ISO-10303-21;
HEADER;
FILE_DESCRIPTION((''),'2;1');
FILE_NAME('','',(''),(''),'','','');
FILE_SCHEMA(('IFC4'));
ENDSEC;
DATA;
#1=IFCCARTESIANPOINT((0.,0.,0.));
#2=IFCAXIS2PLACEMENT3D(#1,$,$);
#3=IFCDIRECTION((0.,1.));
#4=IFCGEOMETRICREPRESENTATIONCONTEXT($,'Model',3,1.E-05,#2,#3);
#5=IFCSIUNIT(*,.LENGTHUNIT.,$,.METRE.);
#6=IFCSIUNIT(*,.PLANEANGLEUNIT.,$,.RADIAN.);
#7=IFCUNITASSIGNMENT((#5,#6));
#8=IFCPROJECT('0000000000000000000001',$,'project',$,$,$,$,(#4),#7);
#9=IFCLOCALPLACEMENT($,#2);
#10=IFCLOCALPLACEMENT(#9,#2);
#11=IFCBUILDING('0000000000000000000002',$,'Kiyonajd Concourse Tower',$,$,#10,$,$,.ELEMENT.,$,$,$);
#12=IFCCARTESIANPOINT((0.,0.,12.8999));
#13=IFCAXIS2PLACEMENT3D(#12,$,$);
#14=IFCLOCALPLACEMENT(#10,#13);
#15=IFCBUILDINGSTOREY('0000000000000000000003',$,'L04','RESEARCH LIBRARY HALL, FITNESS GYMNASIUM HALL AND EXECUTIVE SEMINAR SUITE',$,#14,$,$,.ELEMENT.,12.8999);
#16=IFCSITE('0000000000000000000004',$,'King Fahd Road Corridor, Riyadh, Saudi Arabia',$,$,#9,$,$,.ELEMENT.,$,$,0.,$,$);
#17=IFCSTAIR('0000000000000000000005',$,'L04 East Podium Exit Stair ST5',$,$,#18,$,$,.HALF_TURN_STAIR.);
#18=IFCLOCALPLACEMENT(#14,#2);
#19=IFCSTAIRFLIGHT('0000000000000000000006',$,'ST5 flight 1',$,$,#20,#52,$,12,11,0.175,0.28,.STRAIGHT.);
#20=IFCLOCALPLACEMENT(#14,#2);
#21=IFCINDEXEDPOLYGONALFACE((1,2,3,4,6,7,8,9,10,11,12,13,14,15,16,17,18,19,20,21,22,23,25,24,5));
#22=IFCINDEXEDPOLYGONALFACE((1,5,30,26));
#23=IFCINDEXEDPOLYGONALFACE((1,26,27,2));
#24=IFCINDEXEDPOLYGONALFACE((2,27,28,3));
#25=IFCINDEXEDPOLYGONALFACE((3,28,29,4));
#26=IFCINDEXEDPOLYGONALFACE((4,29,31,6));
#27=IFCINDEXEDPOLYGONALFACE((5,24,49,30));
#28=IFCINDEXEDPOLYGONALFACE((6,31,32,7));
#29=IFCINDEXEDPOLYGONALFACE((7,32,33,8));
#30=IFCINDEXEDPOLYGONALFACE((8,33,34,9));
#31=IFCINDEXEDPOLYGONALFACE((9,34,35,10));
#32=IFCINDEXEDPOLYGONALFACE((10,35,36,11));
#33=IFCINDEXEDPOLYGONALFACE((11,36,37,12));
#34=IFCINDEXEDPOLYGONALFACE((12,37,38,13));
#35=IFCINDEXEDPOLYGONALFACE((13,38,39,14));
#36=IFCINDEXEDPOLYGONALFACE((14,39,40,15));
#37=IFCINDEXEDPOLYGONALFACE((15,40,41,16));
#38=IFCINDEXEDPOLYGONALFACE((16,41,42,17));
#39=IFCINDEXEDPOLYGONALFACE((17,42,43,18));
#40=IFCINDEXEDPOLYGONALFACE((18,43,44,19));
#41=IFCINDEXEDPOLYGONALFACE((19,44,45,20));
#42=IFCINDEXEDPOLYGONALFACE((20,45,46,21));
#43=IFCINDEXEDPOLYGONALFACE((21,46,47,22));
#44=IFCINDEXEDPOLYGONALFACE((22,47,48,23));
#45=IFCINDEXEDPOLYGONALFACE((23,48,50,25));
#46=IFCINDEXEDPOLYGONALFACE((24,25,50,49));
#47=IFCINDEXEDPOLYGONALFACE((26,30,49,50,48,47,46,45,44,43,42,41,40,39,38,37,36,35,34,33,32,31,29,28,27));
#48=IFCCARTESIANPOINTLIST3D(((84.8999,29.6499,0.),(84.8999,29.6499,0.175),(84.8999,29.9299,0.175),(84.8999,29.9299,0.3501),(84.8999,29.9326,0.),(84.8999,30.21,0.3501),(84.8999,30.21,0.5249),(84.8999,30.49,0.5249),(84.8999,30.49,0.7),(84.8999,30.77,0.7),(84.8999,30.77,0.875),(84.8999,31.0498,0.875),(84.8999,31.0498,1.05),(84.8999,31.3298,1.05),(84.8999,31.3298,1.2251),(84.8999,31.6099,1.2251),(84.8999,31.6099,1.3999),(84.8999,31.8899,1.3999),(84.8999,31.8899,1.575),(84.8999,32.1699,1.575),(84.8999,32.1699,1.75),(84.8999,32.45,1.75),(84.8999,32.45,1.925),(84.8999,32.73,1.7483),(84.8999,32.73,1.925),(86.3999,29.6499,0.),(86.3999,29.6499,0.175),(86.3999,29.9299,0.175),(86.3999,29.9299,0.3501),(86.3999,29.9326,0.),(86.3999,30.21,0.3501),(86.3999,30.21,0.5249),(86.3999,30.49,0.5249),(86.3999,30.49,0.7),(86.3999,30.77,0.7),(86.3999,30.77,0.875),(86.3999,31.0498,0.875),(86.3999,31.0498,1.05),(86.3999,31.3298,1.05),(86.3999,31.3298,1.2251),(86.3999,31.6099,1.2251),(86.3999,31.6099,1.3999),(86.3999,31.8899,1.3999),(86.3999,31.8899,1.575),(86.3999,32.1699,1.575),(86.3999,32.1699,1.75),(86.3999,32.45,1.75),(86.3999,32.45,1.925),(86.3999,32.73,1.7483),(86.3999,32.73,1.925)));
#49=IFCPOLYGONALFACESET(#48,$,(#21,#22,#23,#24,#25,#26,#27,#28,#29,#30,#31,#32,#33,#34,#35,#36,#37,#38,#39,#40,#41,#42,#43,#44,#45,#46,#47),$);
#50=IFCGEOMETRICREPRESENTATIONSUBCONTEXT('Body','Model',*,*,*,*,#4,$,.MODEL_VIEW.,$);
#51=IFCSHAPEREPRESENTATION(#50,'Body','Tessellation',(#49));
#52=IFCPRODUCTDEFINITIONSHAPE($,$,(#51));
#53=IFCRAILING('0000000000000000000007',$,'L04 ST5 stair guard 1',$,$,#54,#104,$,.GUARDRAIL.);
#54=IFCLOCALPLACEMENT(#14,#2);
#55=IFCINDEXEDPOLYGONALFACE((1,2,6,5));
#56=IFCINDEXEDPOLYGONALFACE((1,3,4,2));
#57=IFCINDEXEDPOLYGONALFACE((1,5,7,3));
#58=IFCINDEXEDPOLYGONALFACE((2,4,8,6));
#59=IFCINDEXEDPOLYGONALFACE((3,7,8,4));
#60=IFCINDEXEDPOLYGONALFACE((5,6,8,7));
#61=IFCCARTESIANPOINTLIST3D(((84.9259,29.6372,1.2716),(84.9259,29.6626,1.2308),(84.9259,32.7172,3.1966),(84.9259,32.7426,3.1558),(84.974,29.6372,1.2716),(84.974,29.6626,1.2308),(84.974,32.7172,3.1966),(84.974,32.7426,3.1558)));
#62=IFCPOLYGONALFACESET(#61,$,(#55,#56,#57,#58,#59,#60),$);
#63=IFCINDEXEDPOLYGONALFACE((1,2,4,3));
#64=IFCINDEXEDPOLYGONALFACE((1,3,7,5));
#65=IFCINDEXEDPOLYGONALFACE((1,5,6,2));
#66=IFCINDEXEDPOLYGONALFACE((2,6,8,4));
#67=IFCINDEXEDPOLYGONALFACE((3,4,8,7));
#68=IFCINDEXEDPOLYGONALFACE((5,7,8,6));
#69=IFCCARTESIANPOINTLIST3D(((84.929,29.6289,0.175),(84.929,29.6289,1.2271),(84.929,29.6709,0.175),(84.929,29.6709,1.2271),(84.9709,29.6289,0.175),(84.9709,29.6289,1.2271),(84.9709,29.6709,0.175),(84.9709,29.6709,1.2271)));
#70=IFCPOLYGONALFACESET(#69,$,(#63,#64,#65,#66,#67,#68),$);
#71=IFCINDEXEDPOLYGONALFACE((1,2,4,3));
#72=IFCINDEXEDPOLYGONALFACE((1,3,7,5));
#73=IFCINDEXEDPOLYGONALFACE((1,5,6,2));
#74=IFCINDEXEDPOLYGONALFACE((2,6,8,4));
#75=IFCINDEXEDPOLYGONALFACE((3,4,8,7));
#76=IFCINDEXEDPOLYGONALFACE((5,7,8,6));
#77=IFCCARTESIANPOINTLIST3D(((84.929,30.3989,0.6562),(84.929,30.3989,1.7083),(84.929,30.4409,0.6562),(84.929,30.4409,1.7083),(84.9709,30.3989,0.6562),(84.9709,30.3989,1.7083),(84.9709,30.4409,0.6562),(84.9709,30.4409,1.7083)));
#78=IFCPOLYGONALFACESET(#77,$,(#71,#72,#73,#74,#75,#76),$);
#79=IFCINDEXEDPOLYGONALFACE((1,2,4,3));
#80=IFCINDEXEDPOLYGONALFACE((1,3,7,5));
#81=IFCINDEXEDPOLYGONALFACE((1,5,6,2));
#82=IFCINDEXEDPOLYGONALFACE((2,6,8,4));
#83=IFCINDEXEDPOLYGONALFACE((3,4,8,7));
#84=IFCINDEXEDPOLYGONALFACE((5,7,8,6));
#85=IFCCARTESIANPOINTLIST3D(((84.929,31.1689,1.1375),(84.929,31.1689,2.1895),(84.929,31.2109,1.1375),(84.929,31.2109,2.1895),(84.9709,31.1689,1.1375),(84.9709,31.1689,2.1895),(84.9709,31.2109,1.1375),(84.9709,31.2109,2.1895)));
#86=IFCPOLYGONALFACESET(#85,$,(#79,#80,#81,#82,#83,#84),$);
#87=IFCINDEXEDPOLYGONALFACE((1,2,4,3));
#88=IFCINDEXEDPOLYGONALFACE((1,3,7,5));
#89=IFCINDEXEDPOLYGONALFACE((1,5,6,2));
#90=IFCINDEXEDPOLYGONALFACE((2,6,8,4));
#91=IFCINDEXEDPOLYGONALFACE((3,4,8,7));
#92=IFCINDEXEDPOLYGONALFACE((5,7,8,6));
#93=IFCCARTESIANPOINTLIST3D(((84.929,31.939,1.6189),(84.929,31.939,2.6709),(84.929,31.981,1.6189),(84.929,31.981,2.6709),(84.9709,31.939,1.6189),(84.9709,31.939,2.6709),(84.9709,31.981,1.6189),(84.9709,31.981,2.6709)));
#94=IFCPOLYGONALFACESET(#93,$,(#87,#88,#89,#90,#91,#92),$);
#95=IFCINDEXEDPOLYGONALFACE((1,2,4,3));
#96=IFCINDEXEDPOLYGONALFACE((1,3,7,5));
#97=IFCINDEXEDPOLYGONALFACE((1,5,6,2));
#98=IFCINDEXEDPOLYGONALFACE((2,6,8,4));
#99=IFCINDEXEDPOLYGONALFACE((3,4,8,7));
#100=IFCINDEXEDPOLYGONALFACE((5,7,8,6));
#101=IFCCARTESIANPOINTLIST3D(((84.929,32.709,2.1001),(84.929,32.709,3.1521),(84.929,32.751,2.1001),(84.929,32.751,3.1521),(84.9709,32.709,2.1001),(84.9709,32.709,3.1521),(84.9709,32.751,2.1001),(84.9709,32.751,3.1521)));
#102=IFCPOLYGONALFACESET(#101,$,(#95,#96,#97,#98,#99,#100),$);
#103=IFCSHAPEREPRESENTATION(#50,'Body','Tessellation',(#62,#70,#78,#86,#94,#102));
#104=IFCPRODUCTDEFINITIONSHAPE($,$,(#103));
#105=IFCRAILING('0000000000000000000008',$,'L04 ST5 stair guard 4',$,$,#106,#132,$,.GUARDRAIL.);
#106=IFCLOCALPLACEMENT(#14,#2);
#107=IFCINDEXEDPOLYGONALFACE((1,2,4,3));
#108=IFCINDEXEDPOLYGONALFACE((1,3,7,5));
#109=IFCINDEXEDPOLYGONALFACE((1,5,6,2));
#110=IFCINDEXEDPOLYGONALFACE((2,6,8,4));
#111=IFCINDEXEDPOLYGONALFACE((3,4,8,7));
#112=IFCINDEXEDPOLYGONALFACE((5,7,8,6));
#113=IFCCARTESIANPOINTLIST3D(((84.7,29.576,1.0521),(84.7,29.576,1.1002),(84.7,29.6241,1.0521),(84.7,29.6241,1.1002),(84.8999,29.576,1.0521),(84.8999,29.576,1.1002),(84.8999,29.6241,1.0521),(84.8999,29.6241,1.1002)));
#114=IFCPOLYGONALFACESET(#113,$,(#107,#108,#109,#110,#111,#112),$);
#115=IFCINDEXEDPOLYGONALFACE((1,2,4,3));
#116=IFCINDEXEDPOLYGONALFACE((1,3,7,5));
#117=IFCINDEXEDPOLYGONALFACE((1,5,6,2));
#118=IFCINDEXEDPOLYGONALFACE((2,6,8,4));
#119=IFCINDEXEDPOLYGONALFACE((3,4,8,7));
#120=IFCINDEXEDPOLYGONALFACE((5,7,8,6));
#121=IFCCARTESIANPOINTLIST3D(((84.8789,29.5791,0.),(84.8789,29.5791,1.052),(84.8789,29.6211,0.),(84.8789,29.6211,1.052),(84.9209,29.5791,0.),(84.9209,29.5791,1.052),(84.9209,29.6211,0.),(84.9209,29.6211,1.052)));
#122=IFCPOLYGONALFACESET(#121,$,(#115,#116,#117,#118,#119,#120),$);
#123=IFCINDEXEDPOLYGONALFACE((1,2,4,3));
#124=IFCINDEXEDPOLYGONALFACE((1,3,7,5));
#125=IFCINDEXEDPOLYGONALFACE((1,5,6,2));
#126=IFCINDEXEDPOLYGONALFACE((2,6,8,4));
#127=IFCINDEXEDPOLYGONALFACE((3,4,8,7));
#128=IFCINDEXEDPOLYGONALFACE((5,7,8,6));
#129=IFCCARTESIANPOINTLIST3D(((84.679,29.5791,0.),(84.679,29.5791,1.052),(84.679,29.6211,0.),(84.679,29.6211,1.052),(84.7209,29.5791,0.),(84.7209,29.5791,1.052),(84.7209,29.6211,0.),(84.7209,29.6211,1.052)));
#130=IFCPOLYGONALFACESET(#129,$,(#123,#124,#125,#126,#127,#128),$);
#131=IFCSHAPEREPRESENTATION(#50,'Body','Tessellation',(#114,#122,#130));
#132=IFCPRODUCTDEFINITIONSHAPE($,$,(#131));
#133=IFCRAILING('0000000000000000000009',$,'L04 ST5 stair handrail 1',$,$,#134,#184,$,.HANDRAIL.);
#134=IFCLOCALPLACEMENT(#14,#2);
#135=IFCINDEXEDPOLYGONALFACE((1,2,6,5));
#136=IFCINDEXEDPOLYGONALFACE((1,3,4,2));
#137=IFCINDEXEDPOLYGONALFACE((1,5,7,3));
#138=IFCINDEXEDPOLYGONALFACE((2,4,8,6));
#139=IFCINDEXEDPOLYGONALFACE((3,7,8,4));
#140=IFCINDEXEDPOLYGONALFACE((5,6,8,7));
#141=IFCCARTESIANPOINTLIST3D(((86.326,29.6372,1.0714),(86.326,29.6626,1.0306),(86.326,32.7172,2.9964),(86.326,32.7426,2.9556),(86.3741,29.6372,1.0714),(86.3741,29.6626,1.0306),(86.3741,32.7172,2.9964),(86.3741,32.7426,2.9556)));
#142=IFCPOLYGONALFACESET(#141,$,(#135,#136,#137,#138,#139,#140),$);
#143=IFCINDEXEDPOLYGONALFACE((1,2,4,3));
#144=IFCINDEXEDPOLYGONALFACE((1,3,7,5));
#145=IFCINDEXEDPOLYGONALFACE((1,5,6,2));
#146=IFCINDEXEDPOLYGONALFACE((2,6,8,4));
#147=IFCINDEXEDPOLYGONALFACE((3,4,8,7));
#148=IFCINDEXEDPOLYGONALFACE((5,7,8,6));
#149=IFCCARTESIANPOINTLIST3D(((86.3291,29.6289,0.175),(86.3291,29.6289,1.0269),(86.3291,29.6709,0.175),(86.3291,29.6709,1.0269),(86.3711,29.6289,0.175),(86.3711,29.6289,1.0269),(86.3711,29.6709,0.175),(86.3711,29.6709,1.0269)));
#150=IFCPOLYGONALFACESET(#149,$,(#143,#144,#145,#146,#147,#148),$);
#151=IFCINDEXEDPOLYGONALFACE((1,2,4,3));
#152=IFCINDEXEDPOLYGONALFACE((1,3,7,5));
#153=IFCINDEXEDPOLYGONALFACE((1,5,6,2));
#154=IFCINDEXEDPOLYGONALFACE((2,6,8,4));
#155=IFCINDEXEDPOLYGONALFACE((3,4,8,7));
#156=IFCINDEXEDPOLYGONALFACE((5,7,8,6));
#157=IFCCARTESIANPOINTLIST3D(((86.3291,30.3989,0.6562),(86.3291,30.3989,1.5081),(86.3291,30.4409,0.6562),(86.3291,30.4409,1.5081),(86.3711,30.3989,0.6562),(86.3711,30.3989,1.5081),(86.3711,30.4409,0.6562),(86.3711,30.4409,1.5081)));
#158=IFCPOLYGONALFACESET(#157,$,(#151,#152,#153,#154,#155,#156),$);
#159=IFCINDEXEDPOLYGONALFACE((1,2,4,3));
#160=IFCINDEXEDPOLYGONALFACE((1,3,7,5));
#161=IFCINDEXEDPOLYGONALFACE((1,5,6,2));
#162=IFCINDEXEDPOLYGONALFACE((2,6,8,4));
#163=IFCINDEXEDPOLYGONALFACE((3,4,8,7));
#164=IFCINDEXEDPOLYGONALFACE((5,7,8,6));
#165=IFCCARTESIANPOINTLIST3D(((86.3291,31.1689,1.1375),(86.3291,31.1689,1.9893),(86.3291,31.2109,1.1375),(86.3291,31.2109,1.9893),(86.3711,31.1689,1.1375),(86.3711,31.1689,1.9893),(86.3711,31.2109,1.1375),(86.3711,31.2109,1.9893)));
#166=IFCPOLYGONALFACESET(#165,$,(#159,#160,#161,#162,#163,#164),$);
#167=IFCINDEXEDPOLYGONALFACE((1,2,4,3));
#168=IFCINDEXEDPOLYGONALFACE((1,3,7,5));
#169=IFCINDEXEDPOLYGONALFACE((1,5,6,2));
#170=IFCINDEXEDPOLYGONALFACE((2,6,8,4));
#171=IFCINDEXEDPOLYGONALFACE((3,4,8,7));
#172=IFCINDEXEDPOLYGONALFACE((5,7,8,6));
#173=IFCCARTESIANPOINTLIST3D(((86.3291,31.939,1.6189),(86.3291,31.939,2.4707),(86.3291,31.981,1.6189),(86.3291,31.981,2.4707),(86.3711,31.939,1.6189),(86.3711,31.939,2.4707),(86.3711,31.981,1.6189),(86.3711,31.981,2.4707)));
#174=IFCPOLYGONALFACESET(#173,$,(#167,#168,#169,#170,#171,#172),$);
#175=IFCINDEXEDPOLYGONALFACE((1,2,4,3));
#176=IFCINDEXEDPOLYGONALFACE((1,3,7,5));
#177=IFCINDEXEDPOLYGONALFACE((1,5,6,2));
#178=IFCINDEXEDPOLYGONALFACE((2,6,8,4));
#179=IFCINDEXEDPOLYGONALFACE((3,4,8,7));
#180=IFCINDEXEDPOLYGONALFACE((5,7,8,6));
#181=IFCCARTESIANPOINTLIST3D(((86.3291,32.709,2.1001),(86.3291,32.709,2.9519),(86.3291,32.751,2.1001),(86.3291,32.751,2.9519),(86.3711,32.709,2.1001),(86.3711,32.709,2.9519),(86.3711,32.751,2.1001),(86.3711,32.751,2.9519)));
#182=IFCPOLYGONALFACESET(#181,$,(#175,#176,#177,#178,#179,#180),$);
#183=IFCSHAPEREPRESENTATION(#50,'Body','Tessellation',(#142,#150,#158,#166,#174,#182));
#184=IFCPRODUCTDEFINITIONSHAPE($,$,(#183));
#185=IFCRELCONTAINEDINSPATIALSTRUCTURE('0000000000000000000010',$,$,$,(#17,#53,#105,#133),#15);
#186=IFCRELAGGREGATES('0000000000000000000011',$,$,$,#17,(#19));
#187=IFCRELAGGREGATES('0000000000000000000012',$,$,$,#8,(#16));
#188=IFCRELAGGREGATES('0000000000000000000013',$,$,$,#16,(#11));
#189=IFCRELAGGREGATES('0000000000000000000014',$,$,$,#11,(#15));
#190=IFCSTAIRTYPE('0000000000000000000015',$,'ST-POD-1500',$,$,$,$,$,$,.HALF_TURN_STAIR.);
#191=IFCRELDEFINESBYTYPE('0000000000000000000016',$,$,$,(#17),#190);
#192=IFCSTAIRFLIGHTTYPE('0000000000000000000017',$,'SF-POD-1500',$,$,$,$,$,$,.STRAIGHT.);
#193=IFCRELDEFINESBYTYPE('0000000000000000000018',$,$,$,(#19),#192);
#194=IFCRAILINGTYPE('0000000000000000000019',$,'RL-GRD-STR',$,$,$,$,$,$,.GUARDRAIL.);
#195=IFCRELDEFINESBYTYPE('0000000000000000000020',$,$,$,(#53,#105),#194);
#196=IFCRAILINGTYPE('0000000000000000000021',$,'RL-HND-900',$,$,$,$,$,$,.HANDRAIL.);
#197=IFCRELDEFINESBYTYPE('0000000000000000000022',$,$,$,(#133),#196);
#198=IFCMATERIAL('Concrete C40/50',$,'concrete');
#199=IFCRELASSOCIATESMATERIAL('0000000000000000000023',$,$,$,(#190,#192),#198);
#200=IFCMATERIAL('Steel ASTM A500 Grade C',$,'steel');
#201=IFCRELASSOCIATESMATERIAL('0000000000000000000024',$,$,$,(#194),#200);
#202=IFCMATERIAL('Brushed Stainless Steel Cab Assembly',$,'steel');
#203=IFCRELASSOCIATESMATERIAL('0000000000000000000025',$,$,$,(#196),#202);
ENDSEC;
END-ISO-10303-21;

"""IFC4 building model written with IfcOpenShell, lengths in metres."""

from ifc_helpers import new_model, si_unit, direction, frame, origin, origin_2d, place, context, subcontext, project, spatial, polyline, rectangle, outline, extrude, material, type_object, element, aggregate, save


model = new_model("IFC4")

# Units and contexts
model_context = context("Model", 3, precision=1e-05, world=origin(), true_north=direction((0.0, 1.0)))
body_context = subcontext(model_context, "Body", "Model", "MODEL_VIEW")
ifc_project = project(units=[si_unit("LENGTHUNIT", "METRE"), si_unit("PLANEANGLEUNIT", "RADIAN")], contexts=[model_context])

# Site, building, storey
site_placement = place(None, origin())
site = spatial("IfcSite", under=ifc_project, at=site_placement, Name="King Fahd Road Corridor, Riyadh, Saudi Arabia", CompositionType="ELEMENT", RefElevation=0.0)
building_placement = place(site_placement, origin())
building = spatial("IfcBuilding", under=site, at=building_placement, Name="Kiyonajd Concourse Tower", CompositionType="ELEMENT")
storey_placement = place(building_placement, frame((0.0, 0.0, 12.8999)))
storey = spatial("IfcBuildingStorey", under=building, at=storey_placement, Name="L04", Description="RESEARCH LIBRARY HALL, FITNESS GYMNASIUM HALL AND EXECUTIVE SEMINAR SUITE", CompositionType="ELEMENT", Elevation=12.8999)

# Shared definitions
ifc_material_1 = material(Name="Brushed Stainless Steel Cab Assembly", Category="steel")

# Stair, stair flight
ifc_material_2 = material(Name="Concrete C40/50", Category="concrete")
stair_type = type_object("IfcStairType", Name="ST-POD-1500", PredefinedType="HALF_TURN_STAIR", material=ifc_material_2)
stair_placement = place(storey_placement, origin())
stair = element("IfcStair", 1, at=stair_placement, inside=storey, type_object=stair_type, Name="L04 East Podium Exit Stair ST5", PredefinedType="HALF_TURN_STAIR")
stair_flight_type = type_object("IfcStairFlightType", Name="SF-POD-1500", PredefinedType="STRAIGHT", material=ifc_material_2)
stair_flight_placement = place(storey_placement, frame((85.6499, 29.6499, 0.0), z_axis=(0.0, 0.0, 1.0), x_axis=(0.0, 1.0, 0.0)))
stair_flight = element("IfcStairFlight", 2, at=stair_flight_placement, type_object=stair_flight_type, Name="ST5 flight 1", NumberOfRisers=12, NumberOfTreads=11, PredefinedType="STRAIGHT", RiserHeight=0.175, TreadLength=0.28, context=body_context, shape_type="SweptSolid", body=[
    extrude(outline(polyline([(0.0, 0.0), (0.0, 0.175), (0.28, 0.175), (0.28, 0.3501), (0.5601, 0.3501), (0.5601, 0.5249), (0.8401, 0.5249), (0.8401, 0.7), (1.1201, 0.7), (1.1201, 0.875), (1.3999, 0.875), (1.3999, 1.05), (1.6799, 1.05), (1.6799, 1.2251), (1.96, 1.2251), (1.96, 1.3999), (2.24, 1.3999), (2.24, 1.575), (2.52, 1.575), (2.52, 1.75), (2.8, 1.75), (2.8, 1.925), (3.0801, 1.925), (3.0801, 2.1001), (3.0801, 1.7483), (0.2827, 0.0), (0.0, 0.0)])), frame((0.0, 0.75, 0.0), z_axis=(0.0, -1.0, 0.0), x_axis=(1.0, 0.0, 0.0)), (0.0, 0.0, 1.0), 1.5),
])
aggregate(stair, [stair_flight])

# Railings
ifc_material_3 = material(Name="Steel ASTM A500 Grade C", Category="steel")
railing_type_1 = type_object("IfcRailingType", Name="RL-GRD-STR", PredefinedType="GUARDRAIL", material=ifc_material_3)
railing_1_placement = place(storey_placement, frame((84.95, 29.6499, 0.175)))
element("IfcRailing", 3, at=railing_1_placement, inside=storey, type_object=railing_type_1, Name="L04 ST5 stair guard 1", PredefinedType="GUARDRAIL", context=body_context, shape_type="SweptSolid", body=[
    extrude(rectangle(XDim=0.0481, YDim=0.0481, at=origin_2d()), frame((0.0, 0.0, 1.0762), z_axis=(0.0, 0.847998, 0.529999), x_axis=(-1.0, 0.0, 0.0)), (0.0, 0.0, 1.0), 3.6321),
    extrude(rectangle(XDim=0.042, YDim=0.042, at=origin_2d()), origin(), (0.0, 0.0, 1.0), 1.052),
    extrude(rectangle(XDim=0.042, YDim=0.042, at=origin_2d()), frame((0.0, 0.77, 0.4812)), (0.0, 0.0, 1.0), 1.052),
    extrude(rectangle(XDim=0.042, YDim=0.042, at=origin_2d()), frame((0.0, 1.54, 0.9624)), (0.0, 0.0, 1.0), 1.052),
    extrude(rectangle(XDim=0.042, YDim=0.042, at=origin_2d()), frame((0.0, 2.3101, 1.4438)), (0.0, 0.0, 1.0), 1.052),
    extrude(rectangle(XDim=0.042, YDim=0.042, at=origin_2d()), frame((0.0, 3.0801, 1.925)), (0.0, 0.0, 1.0), 1.052),
])
railing_2_placement = place(storey_placement, frame((84.8999, 29.6001, 0.0)))
element("IfcRailing", 4, at=railing_2_placement, inside=storey, type_object=railing_type_1, Name="L04 ST5 stair guard 4", PredefinedType="GUARDRAIL", context=body_context, shape_type="SweptSolid", body=[
    extrude(rectangle(XDim=0.0481, YDim=0.0481, at=origin_2d()), frame((0.0, 0.0, 1.0762), z_axis=(-1.0, 0.0, 0.0), x_axis=(0.0, -1.0, 0.0)), (0.0, 0.0, 1.0), 0.2),
    extrude(rectangle(XDim=0.042, YDim=0.042, at=origin_2d()), origin(), (0.0, 0.0, 1.0), 1.052),
    extrude(rectangle(XDim=0.042, YDim=0.042, at=origin_2d()), frame((-0.2, 0.0, 0.0)), (0.0, 0.0, 1.0), 1.052),
])
railing_type_2 = type_object("IfcRailingType", Name="RL-HND-900", PredefinedType="HANDRAIL", material=ifc_material_1)
railing_3_placement = place(storey_placement, frame((86.3501, 29.6499, 0.175)))
element("IfcRailing", 5, at=railing_3_placement, inside=storey, type_object=railing_type_2, Name="L04 ST5 stair handrail 1", PredefinedType="HANDRAIL", context=body_context, shape_type="SweptSolid", body=[
    extrude(rectangle(XDim=0.0481, YDim=0.0481, at=origin_2d()), frame((0.0, 0.0, 0.876), z_axis=(0.0, 0.847998, 0.529999), x_axis=(-1.0, 0.0, 0.0)), (0.0, 0.0, 1.0), 3.6321),
    extrude(rectangle(XDim=0.042, YDim=0.042, at=origin_2d()), origin(), (0.0, 0.0, 1.0), 0.8518),
    extrude(rectangle(XDim=0.042, YDim=0.042, at=origin_2d()), frame((0.0, 0.77, 0.4812)), (0.0, 0.0, 1.0), 0.8518),
    extrude(rectangle(XDim=0.042, YDim=0.042, at=origin_2d()), frame((0.0, 1.54, 0.9624)), (0.0, 0.0, 1.0), 0.8518),
    extrude(rectangle(XDim=0.042, YDim=0.042, at=origin_2d()), frame((0.0, 2.3101, 1.4438)), (0.0, 0.0, 1.0), 0.8518),
    extrude(rectangle(XDim=0.042, YDim=0.042, at=origin_2d()), frame((0.0, 3.0801, 1.925)), (0.0, 0.0, 1.0), 0.8518),
])

save(model, "model.ifc")
